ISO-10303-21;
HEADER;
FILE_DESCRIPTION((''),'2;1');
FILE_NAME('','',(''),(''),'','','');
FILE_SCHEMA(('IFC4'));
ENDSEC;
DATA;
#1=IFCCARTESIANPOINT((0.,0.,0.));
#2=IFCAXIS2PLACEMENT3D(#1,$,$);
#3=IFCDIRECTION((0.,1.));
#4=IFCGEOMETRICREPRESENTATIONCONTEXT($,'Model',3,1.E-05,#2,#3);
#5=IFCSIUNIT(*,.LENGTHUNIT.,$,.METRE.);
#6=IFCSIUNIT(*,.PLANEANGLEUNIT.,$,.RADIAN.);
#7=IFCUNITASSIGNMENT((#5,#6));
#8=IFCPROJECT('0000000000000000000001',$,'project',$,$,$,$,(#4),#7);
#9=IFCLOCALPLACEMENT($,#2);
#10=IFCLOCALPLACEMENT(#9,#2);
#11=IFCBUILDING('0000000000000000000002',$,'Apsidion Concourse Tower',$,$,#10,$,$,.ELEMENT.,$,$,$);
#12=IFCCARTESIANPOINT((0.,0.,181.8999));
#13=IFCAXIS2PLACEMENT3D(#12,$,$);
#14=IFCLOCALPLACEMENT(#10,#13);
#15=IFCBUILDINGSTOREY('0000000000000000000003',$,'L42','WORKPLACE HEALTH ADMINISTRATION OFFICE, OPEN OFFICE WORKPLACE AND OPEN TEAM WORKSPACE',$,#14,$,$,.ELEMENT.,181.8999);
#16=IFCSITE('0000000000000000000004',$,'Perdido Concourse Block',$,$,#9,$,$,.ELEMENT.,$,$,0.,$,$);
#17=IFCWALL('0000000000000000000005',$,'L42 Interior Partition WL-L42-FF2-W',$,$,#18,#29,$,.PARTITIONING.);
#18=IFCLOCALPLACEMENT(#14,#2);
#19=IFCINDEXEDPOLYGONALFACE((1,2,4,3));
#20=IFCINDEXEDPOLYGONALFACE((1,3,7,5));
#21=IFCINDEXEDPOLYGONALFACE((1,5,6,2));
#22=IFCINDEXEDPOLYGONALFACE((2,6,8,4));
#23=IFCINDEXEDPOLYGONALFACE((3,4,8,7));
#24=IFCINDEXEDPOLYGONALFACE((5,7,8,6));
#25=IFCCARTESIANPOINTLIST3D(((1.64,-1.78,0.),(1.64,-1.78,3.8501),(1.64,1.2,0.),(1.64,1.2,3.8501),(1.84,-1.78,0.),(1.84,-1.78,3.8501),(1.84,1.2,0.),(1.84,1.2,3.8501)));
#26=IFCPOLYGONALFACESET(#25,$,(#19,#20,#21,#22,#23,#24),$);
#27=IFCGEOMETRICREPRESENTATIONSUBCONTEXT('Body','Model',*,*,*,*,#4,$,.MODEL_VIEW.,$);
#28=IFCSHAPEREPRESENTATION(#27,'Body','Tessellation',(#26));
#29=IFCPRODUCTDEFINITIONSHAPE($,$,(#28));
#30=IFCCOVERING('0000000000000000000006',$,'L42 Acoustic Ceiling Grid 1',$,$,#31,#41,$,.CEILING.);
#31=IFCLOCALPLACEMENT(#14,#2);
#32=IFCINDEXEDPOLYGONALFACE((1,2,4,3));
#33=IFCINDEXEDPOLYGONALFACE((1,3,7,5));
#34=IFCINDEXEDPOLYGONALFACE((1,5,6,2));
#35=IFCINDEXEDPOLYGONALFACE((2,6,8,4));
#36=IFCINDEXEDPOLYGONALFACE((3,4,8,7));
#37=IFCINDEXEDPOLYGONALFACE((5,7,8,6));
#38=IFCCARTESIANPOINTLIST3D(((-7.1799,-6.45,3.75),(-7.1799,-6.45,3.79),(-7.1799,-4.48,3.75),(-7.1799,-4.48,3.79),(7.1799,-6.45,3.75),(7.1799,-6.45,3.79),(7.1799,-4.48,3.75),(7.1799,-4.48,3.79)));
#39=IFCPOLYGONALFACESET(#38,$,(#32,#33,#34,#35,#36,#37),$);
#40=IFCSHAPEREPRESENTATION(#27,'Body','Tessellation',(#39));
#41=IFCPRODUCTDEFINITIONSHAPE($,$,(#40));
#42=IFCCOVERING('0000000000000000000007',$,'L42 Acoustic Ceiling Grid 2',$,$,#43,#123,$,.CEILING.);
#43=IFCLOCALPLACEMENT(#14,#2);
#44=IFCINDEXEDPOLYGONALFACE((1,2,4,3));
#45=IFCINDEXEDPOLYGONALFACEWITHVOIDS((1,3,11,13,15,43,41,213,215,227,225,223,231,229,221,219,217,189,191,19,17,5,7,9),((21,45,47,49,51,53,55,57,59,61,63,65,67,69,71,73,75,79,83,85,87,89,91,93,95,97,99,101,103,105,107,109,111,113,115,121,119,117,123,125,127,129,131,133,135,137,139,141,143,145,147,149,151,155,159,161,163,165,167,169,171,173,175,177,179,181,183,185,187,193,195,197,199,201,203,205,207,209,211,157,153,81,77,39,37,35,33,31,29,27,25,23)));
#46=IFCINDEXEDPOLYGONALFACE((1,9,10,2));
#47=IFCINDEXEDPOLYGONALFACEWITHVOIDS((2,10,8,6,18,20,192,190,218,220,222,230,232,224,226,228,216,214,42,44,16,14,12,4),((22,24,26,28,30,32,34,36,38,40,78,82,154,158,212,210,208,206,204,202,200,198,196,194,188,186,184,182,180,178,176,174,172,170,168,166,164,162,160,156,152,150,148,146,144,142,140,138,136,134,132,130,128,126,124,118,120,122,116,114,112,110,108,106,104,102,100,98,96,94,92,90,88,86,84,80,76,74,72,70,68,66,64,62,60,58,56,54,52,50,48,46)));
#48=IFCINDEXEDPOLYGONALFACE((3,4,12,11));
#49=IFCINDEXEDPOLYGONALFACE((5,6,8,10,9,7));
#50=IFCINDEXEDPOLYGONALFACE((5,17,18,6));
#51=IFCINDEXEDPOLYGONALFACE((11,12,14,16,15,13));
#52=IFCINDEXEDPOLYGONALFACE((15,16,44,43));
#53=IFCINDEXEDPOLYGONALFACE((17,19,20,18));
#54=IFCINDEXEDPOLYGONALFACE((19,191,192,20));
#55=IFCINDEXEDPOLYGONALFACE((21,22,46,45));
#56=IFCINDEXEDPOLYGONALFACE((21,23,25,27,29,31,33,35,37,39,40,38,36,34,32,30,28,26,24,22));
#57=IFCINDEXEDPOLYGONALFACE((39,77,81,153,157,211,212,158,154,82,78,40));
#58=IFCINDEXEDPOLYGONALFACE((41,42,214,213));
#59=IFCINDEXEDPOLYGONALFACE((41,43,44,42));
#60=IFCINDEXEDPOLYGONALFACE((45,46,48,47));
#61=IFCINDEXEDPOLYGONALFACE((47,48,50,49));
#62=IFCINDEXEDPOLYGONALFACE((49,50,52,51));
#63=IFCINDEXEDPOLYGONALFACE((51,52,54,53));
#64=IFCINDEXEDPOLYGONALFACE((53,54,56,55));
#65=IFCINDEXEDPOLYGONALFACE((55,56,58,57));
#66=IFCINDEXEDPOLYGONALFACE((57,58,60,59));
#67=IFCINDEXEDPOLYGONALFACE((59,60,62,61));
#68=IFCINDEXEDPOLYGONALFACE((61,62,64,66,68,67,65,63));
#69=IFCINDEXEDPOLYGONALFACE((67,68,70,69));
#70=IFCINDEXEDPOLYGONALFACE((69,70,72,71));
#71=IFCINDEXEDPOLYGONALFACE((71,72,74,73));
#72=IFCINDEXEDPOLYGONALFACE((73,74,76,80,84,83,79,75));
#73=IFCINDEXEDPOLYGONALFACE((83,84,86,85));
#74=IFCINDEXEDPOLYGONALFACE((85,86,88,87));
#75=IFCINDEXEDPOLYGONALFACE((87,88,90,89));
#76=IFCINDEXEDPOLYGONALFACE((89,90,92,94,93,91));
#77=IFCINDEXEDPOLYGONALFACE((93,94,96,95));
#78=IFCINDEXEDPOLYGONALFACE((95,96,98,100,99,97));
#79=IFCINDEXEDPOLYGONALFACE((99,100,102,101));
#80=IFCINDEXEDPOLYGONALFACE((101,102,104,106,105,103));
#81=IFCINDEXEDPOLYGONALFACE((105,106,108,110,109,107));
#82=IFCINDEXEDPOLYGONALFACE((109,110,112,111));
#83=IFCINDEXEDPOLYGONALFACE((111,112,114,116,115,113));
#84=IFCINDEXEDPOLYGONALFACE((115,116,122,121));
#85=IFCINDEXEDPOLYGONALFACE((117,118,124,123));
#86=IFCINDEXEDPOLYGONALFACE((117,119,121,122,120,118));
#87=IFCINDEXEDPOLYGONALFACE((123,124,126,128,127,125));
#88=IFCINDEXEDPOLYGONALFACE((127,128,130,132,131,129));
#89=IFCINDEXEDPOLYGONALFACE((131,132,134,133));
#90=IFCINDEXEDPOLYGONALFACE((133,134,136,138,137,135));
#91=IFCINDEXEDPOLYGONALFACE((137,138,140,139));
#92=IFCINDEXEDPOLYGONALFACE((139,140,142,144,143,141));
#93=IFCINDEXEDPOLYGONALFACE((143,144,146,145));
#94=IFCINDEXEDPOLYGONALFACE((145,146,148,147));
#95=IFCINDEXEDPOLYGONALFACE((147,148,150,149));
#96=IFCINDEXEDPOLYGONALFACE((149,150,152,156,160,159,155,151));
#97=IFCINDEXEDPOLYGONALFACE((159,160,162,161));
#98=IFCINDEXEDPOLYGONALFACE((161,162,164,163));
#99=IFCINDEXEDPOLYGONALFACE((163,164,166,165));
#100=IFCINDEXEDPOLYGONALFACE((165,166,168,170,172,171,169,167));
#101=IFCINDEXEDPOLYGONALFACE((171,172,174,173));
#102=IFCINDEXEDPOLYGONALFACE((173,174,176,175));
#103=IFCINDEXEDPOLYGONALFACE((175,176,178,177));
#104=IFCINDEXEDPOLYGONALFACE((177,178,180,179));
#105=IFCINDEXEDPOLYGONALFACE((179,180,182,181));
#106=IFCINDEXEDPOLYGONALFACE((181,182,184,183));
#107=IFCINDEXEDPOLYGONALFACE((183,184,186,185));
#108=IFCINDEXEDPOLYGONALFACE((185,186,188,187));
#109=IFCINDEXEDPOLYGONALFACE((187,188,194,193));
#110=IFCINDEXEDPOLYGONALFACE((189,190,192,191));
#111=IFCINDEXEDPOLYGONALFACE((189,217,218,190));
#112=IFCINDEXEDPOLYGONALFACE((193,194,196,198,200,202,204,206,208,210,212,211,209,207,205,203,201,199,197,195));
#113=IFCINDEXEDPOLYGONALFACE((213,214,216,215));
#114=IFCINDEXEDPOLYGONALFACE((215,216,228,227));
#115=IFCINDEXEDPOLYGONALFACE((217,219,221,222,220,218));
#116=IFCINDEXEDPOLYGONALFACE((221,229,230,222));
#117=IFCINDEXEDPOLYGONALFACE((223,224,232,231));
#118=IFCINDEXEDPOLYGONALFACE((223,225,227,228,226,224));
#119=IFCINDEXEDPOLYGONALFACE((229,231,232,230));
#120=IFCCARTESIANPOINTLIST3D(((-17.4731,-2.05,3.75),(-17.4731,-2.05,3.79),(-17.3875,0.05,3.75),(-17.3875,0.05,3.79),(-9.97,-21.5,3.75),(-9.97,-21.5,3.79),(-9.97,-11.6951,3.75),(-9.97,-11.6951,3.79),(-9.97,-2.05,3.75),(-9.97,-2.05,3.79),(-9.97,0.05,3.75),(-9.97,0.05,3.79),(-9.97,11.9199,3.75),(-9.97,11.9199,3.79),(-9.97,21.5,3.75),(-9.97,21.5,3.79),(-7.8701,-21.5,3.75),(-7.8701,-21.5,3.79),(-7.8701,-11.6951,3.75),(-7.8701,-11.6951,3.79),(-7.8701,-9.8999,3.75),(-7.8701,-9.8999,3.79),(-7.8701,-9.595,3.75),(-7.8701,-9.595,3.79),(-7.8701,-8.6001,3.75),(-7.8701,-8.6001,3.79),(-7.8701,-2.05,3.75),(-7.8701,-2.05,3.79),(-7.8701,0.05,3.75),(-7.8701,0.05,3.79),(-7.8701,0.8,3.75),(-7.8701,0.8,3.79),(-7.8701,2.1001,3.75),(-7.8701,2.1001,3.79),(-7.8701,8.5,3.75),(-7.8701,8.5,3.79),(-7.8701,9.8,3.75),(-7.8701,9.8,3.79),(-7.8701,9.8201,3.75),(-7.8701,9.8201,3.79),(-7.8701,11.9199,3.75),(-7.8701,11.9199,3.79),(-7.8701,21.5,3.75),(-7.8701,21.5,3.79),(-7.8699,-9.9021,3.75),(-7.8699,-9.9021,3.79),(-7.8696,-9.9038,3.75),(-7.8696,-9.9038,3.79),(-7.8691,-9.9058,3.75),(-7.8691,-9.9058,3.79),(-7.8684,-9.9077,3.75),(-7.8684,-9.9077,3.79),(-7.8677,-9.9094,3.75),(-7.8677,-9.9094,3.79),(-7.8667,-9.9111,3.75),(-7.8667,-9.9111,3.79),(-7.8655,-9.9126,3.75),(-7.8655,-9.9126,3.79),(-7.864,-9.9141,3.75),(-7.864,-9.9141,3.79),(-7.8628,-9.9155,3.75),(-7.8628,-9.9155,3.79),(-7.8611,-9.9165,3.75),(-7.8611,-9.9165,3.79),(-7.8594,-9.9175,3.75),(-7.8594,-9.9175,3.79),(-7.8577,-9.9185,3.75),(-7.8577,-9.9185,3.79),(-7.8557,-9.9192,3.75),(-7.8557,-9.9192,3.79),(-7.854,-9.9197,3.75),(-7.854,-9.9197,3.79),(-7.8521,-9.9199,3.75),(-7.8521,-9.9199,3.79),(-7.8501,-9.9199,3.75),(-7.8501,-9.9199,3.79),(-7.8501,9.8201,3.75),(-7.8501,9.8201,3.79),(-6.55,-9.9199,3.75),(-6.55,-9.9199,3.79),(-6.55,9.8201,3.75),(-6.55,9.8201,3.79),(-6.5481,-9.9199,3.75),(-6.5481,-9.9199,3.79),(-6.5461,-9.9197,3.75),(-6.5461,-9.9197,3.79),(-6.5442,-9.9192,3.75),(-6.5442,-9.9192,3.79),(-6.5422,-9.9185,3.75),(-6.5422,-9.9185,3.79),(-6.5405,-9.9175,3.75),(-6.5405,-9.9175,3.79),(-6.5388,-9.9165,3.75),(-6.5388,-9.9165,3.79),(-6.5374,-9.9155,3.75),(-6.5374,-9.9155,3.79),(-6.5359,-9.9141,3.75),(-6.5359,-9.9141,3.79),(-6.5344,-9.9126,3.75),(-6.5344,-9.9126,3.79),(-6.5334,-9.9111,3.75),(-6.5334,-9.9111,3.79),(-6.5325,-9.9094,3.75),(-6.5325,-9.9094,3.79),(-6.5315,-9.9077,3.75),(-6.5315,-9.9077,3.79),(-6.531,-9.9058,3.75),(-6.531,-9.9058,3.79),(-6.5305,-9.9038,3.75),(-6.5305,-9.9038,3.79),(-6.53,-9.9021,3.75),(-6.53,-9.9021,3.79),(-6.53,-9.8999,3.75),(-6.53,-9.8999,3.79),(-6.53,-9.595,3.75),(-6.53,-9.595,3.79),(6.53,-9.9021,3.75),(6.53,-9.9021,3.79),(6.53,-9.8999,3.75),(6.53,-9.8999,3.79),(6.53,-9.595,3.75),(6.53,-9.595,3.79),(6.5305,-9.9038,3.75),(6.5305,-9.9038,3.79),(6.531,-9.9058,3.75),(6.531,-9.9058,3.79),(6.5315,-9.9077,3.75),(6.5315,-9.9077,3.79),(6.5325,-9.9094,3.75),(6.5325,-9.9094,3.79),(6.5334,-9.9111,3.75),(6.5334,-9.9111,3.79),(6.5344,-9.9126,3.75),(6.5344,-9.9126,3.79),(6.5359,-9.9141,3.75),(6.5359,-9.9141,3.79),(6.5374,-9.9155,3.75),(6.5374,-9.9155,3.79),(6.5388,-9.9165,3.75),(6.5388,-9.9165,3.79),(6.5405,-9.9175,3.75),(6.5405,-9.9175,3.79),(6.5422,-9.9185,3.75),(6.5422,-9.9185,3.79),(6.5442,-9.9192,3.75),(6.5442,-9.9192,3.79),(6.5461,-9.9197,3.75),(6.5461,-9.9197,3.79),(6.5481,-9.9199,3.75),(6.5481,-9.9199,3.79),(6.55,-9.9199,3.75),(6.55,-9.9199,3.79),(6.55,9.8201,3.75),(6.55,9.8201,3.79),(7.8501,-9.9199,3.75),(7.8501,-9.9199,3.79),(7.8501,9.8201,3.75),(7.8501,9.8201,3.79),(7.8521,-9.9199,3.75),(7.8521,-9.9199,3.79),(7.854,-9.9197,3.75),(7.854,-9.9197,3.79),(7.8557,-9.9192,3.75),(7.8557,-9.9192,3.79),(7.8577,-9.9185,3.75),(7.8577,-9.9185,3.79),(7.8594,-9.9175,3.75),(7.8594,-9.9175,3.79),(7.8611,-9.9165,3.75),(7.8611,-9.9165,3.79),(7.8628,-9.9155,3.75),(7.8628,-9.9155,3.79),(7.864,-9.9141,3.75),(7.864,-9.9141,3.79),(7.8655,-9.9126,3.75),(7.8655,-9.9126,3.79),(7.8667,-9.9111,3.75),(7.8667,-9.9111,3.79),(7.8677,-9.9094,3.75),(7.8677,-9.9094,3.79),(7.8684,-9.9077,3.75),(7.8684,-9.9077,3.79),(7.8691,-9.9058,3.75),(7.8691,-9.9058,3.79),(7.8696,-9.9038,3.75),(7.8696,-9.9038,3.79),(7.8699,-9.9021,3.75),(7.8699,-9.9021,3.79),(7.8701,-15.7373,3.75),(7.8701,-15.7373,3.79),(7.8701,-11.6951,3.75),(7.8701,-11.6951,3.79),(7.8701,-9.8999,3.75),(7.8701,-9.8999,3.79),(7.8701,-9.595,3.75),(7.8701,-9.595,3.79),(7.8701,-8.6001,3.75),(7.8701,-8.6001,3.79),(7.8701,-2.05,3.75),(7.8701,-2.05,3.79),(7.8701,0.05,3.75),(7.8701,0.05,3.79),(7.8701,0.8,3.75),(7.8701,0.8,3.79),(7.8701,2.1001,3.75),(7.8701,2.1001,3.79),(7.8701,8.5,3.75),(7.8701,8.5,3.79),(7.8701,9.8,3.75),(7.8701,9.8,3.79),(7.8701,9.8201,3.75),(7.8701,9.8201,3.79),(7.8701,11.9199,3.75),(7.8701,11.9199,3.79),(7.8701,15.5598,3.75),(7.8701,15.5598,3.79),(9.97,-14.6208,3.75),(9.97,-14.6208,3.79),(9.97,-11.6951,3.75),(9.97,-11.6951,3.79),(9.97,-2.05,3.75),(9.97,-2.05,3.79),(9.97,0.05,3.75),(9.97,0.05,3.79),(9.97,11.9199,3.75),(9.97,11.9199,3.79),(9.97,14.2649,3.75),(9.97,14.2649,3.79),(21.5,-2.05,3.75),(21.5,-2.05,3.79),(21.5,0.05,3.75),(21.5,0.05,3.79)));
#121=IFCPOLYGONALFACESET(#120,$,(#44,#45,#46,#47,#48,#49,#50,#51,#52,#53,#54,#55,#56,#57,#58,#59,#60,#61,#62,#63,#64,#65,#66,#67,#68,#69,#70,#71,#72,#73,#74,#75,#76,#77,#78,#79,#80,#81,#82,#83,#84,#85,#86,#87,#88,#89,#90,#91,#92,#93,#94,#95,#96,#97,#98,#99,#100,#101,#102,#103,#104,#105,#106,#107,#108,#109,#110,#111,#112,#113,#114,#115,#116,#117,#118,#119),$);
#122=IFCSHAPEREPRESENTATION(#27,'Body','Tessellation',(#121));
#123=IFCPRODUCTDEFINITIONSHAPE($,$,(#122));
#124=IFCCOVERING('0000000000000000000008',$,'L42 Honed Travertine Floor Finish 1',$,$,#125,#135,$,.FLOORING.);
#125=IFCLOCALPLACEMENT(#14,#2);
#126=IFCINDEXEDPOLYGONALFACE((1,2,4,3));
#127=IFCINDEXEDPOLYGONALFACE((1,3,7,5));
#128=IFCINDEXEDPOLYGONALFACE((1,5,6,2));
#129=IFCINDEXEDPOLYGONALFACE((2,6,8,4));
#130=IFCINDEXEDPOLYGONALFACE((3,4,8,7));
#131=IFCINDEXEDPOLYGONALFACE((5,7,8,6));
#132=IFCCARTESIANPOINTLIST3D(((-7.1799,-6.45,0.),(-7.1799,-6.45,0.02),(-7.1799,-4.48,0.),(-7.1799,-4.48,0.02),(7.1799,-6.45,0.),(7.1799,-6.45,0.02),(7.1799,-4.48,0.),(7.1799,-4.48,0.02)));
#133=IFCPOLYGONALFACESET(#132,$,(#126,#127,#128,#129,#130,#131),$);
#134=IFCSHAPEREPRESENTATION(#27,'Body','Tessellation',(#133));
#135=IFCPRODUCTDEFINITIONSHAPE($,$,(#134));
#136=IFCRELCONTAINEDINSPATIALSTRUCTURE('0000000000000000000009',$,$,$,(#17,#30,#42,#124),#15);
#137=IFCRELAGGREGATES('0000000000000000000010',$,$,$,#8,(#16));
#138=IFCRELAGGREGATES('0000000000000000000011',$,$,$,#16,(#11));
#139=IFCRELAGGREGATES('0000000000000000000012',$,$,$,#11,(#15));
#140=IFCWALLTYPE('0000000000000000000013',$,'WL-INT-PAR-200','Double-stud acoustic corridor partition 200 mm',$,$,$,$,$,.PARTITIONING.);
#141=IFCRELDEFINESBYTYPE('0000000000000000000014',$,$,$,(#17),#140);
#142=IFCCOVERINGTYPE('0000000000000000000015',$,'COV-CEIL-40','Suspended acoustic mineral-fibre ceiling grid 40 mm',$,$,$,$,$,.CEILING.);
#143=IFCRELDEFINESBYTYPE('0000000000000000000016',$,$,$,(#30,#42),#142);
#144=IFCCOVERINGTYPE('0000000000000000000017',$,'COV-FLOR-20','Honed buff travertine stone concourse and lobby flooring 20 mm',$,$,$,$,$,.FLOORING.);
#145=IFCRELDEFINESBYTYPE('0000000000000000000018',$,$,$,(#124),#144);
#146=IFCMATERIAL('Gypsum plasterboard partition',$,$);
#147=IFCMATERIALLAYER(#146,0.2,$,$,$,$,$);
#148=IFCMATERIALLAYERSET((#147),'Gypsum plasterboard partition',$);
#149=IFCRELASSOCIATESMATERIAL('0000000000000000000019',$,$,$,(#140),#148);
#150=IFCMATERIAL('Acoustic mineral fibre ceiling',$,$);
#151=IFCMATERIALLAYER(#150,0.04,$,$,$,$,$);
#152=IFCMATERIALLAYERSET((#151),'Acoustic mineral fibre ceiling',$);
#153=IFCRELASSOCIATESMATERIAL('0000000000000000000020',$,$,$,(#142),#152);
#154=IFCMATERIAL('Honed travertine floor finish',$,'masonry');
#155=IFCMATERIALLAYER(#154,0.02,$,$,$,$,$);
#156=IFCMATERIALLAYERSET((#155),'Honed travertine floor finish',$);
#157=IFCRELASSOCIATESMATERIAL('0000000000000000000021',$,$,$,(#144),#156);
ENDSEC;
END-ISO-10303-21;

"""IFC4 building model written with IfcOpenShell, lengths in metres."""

from ifc_helpers import new_model, si_unit, direction, frame, frame_2d, origin, place, context, subcontext, project, spatial, polyline, rectangle, outline, extrude, material, layer, layer_set, type_object, element, save


model = new_model("IFC4")

# Units and contexts
model_context = context("Model", 3, precision=1e-05, world=origin(), true_north=direction((0.0, 1.0)))
body_context = subcontext(model_context, "Body", "Model", "MODEL_VIEW")
ifc_project = project(units=[si_unit("LENGTHUNIT", "METRE"), si_unit("PLANEANGLEUNIT", "RADIAN")], contexts=[model_context])

# Site, building, storey
site_placement = place(None, origin())
site = spatial("IfcSite", under=ifc_project, at=site_placement, Name="Perdido Concourse Block", CompositionType="ELEMENT", RefElevation=0.0)
building_placement = place(site_placement, origin())
building = spatial("IfcBuilding", under=site, at=building_placement, Name="Apsidion Concourse Tower", CompositionType="ELEMENT")
storey_placement = place(building_placement, frame((0.0, 0.0, 181.8999)))
storey = spatial("IfcBuildingStorey", under=building, at=storey_placement, Name="L42", Description="WORKPLACE HEALTH ADMINISTRATION OFFICE, OPEN OFFICE WORKPLACE AND OPEN TEAM WORKSPACE", CompositionType="ELEMENT", Elevation=181.8999)

# Wall
ifc_material_1 = material(Name="Gypsum plasterboard partition")
ifc_layer_1 = layer(ifc_material_1, 0.2)
ifc_layer_set_1 = layer_set([ifc_layer_1], Name="Gypsum plasterboard partition")
wall_type_1 = type_object("IfcWallType", Name="WL-INT-PAR-200", Description="Double-stud acoustic corridor partition 200 mm", PredefinedType="PARTITIONING", material=ifc_layer_set_1)
wall_1_placement = place(storey_placement, frame((1.74, -1.78, 0.0), z_axis=(0.0, 0.0, 1.0), x_axis=(0.0, 1.0, 0.0)))
element("IfcWall", 1, at=wall_1_placement, inside=storey, type_object=wall_type_1, Name="L42 Interior Partition WL-L42-FF2-W", PredefinedType="PARTITIONING", context=body_context, shape_type="SweptSolid", body=[
    extrude(rectangle(XDim=2.98, YDim=0.2, at=frame_2d((1.49, 0.0))), origin(), (0.0, 0.0, 1.0), 3.8501),
])

# Coverings
ifc_material_2 = material(Name="Acoustic mineral fibre ceiling")
ifc_layer_2 = layer(ifc_material_2, 0.04)
ifc_layer_set_2 = layer_set([ifc_layer_2], Name="Acoustic mineral fibre ceiling")
covering_type_1 = type_object("IfcCoveringType", Name="COV-CEIL-40", Description="Suspended acoustic mineral-fibre ceiling grid 40 mm", PredefinedType="CEILING", material=ifc_layer_set_2)
covering_1_placement = place(storey_placement, frame((0.0, 0.0, 3.75)))
element("IfcCovering", 2, at=covering_1_placement, inside=storey, type_object=covering_type_1, Name="L42 Acoustic Ceiling Grid 1", PredefinedType="CEILING", context=body_context, shape_type="SweptSolid", body=[
    extrude(outline(polyline([(-7.1799, -6.45), (-7.1799, -4.48), (7.1799, -4.48), (7.1799, -6.45), (-7.1799, -6.45)])), origin(), (0.0, 0.0, 1.0), 0.04),
])
covering_2_placement = place(storey_placement, frame((0.0, 0.0, 3.75)))
element("IfcCovering", 3, at=covering_2_placement, inside=storey, type_object=covering_type_1, Name="L42 Acoustic Ceiling Grid 2", PredefinedType="CEILING", context=body_context, shape_type="SweptSolid", body=[
    extrude(outline(polyline([(9.97, -14.6208), (7.8701, -15.7373), (7.8701, -11.6951), (-7.8701, -11.6951), (-7.8701, -21.5), (-9.97, -21.5), (-9.97, -11.6951), (-9.97, -2.05), (-17.4731, -2.05), (-17.3875, 0.05), (-9.97, 0.05), (-9.97, 11.9199), (-9.97, 21.5), (-7.8701, 21.5), (-7.8701, 11.9199), (7.8701, 11.9199), (7.8701, 15.5598), (9.97, 14.2649), (9.97, 11.9199), (9.97, 0.05), (21.5, 0.05), (21.5, -2.05), (9.97, -2.05), (9.97, -11.6951), (9.97, -14.6208)]), holes=[polyline([(7.8701, -8.6001), (7.8701, -2.05), (7.8701, 0.05), (7.8701, 0.8), (7.8701, 2.1001), (7.8701, 8.5), (7.8701, 9.8), (7.8701, 9.8201), (7.8501, 9.8201), (6.55, 9.8201), (-6.55, 9.8201), (-7.8501, 9.8201), (-7.8701, 9.8201), (-7.8701, 9.8), (-7.8701, 8.5), (-7.8701, 2.1001), (-7.8701, 0.8), (-7.8701, 0.05), (-7.8701, -2.05), (-7.8701, -8.6001), (-7.8701, -9.595), (-7.8701, -9.8999), (-7.8699, -9.9021), (-7.8696, -9.9038), (-7.8691, -9.9058), (-7.8684, -9.9077), (-7.8677, -9.9094), (-7.8667, -9.9111), (-7.8655, -9.9126), (-7.864, -9.9141), (-7.8628, -9.9155), (-7.8611, -9.9165), (-7.8594, -9.9175), (-7.8577, -9.9185), (-7.8557, -9.9192), (-7.854, -9.9197), (-7.8521, -9.9199), (-7.8501, -9.9199), (-6.55, -9.9199), (-6.5481, -9.9199), (-6.5461, -9.9197), (-6.5442, -9.9192), (-6.5422, -9.9185), (-6.5405, -9.9175), (-6.5388, -9.9165), (-6.5374, -9.9155), (-6.5359, -9.9141), (-6.5344, -9.9126), (-6.5334, -9.9111), (-6.5325, -9.9094), (-6.5315, -9.9077), (-6.531, -9.9058), (-6.5305, -9.9038), (-6.53, -9.9021), (-6.53, -9.8999), (-6.53, -9.595), (6.53, -9.595), (6.53, -9.8999), (6.53, -9.9021), (6.5305, -9.9038), (6.531, -9.9058), (6.5315, -9.9077), (6.5325, -9.9094), (6.5334, -9.9111), (6.5344, -9.9126), (6.5359, -9.9141), (6.5374, -9.9155), (6.5388, -9.9165), (6.5405, -9.9175), (6.5422, -9.9185), (6.5442, -9.9192), (6.5461, -9.9197), (6.5481, -9.9199), (6.55, -9.9199), (7.8501, -9.9199), (7.8521, -9.9199), (7.854, -9.9197), (7.8557, -9.9192), (7.8577, -9.9185), (7.8594, -9.9175), (7.8611, -9.9165), (7.8628, -9.9155), (7.864, -9.9141), (7.8655, -9.9126), (7.8667, -9.9111), (7.8677, -9.9094), (7.8684, -9.9077), (7.8691, -9.9058), (7.8696, -9.9038), (7.8699, -9.9021), (7.8701, -9.8999), (7.8701, -9.595), (7.8701, -8.6001)])]), origin(), (0.0, 0.0, 1.0), 0.04),
])
ifc_material_3 = material(Name="Honed travertine floor finish", Category="masonry")
ifc_layer_3 = layer(ifc_material_3, 0.02)
ifc_layer_set_3 = layer_set([ifc_layer_3], Name="Honed travertine floor finish")
covering_type_2 = type_object("IfcCoveringType", Name="COV-FLOR-20", Description="Honed buff travertine stone concourse and lobby flooring 20 mm", PredefinedType="FLOORING", material=ifc_layer_set_3)
covering_3_placement = place(storey_placement, origin())
element("IfcCovering", 4, at=covering_3_placement, inside=storey, type_object=covering_type_2, Name="L42 Honed Travertine Floor Finish 1", PredefinedType="FLOORING", context=body_context, shape_type="SweptSolid", body=[
    extrude(outline(polyline([(-7.1799, -6.45), (-7.1799, -4.48), (7.1799, -4.48), (7.1799, -6.45), (-7.1799, -6.45)])), origin(), (0.0, 0.0, 1.0), 0.02),
])

save(model, "model.ifc")
